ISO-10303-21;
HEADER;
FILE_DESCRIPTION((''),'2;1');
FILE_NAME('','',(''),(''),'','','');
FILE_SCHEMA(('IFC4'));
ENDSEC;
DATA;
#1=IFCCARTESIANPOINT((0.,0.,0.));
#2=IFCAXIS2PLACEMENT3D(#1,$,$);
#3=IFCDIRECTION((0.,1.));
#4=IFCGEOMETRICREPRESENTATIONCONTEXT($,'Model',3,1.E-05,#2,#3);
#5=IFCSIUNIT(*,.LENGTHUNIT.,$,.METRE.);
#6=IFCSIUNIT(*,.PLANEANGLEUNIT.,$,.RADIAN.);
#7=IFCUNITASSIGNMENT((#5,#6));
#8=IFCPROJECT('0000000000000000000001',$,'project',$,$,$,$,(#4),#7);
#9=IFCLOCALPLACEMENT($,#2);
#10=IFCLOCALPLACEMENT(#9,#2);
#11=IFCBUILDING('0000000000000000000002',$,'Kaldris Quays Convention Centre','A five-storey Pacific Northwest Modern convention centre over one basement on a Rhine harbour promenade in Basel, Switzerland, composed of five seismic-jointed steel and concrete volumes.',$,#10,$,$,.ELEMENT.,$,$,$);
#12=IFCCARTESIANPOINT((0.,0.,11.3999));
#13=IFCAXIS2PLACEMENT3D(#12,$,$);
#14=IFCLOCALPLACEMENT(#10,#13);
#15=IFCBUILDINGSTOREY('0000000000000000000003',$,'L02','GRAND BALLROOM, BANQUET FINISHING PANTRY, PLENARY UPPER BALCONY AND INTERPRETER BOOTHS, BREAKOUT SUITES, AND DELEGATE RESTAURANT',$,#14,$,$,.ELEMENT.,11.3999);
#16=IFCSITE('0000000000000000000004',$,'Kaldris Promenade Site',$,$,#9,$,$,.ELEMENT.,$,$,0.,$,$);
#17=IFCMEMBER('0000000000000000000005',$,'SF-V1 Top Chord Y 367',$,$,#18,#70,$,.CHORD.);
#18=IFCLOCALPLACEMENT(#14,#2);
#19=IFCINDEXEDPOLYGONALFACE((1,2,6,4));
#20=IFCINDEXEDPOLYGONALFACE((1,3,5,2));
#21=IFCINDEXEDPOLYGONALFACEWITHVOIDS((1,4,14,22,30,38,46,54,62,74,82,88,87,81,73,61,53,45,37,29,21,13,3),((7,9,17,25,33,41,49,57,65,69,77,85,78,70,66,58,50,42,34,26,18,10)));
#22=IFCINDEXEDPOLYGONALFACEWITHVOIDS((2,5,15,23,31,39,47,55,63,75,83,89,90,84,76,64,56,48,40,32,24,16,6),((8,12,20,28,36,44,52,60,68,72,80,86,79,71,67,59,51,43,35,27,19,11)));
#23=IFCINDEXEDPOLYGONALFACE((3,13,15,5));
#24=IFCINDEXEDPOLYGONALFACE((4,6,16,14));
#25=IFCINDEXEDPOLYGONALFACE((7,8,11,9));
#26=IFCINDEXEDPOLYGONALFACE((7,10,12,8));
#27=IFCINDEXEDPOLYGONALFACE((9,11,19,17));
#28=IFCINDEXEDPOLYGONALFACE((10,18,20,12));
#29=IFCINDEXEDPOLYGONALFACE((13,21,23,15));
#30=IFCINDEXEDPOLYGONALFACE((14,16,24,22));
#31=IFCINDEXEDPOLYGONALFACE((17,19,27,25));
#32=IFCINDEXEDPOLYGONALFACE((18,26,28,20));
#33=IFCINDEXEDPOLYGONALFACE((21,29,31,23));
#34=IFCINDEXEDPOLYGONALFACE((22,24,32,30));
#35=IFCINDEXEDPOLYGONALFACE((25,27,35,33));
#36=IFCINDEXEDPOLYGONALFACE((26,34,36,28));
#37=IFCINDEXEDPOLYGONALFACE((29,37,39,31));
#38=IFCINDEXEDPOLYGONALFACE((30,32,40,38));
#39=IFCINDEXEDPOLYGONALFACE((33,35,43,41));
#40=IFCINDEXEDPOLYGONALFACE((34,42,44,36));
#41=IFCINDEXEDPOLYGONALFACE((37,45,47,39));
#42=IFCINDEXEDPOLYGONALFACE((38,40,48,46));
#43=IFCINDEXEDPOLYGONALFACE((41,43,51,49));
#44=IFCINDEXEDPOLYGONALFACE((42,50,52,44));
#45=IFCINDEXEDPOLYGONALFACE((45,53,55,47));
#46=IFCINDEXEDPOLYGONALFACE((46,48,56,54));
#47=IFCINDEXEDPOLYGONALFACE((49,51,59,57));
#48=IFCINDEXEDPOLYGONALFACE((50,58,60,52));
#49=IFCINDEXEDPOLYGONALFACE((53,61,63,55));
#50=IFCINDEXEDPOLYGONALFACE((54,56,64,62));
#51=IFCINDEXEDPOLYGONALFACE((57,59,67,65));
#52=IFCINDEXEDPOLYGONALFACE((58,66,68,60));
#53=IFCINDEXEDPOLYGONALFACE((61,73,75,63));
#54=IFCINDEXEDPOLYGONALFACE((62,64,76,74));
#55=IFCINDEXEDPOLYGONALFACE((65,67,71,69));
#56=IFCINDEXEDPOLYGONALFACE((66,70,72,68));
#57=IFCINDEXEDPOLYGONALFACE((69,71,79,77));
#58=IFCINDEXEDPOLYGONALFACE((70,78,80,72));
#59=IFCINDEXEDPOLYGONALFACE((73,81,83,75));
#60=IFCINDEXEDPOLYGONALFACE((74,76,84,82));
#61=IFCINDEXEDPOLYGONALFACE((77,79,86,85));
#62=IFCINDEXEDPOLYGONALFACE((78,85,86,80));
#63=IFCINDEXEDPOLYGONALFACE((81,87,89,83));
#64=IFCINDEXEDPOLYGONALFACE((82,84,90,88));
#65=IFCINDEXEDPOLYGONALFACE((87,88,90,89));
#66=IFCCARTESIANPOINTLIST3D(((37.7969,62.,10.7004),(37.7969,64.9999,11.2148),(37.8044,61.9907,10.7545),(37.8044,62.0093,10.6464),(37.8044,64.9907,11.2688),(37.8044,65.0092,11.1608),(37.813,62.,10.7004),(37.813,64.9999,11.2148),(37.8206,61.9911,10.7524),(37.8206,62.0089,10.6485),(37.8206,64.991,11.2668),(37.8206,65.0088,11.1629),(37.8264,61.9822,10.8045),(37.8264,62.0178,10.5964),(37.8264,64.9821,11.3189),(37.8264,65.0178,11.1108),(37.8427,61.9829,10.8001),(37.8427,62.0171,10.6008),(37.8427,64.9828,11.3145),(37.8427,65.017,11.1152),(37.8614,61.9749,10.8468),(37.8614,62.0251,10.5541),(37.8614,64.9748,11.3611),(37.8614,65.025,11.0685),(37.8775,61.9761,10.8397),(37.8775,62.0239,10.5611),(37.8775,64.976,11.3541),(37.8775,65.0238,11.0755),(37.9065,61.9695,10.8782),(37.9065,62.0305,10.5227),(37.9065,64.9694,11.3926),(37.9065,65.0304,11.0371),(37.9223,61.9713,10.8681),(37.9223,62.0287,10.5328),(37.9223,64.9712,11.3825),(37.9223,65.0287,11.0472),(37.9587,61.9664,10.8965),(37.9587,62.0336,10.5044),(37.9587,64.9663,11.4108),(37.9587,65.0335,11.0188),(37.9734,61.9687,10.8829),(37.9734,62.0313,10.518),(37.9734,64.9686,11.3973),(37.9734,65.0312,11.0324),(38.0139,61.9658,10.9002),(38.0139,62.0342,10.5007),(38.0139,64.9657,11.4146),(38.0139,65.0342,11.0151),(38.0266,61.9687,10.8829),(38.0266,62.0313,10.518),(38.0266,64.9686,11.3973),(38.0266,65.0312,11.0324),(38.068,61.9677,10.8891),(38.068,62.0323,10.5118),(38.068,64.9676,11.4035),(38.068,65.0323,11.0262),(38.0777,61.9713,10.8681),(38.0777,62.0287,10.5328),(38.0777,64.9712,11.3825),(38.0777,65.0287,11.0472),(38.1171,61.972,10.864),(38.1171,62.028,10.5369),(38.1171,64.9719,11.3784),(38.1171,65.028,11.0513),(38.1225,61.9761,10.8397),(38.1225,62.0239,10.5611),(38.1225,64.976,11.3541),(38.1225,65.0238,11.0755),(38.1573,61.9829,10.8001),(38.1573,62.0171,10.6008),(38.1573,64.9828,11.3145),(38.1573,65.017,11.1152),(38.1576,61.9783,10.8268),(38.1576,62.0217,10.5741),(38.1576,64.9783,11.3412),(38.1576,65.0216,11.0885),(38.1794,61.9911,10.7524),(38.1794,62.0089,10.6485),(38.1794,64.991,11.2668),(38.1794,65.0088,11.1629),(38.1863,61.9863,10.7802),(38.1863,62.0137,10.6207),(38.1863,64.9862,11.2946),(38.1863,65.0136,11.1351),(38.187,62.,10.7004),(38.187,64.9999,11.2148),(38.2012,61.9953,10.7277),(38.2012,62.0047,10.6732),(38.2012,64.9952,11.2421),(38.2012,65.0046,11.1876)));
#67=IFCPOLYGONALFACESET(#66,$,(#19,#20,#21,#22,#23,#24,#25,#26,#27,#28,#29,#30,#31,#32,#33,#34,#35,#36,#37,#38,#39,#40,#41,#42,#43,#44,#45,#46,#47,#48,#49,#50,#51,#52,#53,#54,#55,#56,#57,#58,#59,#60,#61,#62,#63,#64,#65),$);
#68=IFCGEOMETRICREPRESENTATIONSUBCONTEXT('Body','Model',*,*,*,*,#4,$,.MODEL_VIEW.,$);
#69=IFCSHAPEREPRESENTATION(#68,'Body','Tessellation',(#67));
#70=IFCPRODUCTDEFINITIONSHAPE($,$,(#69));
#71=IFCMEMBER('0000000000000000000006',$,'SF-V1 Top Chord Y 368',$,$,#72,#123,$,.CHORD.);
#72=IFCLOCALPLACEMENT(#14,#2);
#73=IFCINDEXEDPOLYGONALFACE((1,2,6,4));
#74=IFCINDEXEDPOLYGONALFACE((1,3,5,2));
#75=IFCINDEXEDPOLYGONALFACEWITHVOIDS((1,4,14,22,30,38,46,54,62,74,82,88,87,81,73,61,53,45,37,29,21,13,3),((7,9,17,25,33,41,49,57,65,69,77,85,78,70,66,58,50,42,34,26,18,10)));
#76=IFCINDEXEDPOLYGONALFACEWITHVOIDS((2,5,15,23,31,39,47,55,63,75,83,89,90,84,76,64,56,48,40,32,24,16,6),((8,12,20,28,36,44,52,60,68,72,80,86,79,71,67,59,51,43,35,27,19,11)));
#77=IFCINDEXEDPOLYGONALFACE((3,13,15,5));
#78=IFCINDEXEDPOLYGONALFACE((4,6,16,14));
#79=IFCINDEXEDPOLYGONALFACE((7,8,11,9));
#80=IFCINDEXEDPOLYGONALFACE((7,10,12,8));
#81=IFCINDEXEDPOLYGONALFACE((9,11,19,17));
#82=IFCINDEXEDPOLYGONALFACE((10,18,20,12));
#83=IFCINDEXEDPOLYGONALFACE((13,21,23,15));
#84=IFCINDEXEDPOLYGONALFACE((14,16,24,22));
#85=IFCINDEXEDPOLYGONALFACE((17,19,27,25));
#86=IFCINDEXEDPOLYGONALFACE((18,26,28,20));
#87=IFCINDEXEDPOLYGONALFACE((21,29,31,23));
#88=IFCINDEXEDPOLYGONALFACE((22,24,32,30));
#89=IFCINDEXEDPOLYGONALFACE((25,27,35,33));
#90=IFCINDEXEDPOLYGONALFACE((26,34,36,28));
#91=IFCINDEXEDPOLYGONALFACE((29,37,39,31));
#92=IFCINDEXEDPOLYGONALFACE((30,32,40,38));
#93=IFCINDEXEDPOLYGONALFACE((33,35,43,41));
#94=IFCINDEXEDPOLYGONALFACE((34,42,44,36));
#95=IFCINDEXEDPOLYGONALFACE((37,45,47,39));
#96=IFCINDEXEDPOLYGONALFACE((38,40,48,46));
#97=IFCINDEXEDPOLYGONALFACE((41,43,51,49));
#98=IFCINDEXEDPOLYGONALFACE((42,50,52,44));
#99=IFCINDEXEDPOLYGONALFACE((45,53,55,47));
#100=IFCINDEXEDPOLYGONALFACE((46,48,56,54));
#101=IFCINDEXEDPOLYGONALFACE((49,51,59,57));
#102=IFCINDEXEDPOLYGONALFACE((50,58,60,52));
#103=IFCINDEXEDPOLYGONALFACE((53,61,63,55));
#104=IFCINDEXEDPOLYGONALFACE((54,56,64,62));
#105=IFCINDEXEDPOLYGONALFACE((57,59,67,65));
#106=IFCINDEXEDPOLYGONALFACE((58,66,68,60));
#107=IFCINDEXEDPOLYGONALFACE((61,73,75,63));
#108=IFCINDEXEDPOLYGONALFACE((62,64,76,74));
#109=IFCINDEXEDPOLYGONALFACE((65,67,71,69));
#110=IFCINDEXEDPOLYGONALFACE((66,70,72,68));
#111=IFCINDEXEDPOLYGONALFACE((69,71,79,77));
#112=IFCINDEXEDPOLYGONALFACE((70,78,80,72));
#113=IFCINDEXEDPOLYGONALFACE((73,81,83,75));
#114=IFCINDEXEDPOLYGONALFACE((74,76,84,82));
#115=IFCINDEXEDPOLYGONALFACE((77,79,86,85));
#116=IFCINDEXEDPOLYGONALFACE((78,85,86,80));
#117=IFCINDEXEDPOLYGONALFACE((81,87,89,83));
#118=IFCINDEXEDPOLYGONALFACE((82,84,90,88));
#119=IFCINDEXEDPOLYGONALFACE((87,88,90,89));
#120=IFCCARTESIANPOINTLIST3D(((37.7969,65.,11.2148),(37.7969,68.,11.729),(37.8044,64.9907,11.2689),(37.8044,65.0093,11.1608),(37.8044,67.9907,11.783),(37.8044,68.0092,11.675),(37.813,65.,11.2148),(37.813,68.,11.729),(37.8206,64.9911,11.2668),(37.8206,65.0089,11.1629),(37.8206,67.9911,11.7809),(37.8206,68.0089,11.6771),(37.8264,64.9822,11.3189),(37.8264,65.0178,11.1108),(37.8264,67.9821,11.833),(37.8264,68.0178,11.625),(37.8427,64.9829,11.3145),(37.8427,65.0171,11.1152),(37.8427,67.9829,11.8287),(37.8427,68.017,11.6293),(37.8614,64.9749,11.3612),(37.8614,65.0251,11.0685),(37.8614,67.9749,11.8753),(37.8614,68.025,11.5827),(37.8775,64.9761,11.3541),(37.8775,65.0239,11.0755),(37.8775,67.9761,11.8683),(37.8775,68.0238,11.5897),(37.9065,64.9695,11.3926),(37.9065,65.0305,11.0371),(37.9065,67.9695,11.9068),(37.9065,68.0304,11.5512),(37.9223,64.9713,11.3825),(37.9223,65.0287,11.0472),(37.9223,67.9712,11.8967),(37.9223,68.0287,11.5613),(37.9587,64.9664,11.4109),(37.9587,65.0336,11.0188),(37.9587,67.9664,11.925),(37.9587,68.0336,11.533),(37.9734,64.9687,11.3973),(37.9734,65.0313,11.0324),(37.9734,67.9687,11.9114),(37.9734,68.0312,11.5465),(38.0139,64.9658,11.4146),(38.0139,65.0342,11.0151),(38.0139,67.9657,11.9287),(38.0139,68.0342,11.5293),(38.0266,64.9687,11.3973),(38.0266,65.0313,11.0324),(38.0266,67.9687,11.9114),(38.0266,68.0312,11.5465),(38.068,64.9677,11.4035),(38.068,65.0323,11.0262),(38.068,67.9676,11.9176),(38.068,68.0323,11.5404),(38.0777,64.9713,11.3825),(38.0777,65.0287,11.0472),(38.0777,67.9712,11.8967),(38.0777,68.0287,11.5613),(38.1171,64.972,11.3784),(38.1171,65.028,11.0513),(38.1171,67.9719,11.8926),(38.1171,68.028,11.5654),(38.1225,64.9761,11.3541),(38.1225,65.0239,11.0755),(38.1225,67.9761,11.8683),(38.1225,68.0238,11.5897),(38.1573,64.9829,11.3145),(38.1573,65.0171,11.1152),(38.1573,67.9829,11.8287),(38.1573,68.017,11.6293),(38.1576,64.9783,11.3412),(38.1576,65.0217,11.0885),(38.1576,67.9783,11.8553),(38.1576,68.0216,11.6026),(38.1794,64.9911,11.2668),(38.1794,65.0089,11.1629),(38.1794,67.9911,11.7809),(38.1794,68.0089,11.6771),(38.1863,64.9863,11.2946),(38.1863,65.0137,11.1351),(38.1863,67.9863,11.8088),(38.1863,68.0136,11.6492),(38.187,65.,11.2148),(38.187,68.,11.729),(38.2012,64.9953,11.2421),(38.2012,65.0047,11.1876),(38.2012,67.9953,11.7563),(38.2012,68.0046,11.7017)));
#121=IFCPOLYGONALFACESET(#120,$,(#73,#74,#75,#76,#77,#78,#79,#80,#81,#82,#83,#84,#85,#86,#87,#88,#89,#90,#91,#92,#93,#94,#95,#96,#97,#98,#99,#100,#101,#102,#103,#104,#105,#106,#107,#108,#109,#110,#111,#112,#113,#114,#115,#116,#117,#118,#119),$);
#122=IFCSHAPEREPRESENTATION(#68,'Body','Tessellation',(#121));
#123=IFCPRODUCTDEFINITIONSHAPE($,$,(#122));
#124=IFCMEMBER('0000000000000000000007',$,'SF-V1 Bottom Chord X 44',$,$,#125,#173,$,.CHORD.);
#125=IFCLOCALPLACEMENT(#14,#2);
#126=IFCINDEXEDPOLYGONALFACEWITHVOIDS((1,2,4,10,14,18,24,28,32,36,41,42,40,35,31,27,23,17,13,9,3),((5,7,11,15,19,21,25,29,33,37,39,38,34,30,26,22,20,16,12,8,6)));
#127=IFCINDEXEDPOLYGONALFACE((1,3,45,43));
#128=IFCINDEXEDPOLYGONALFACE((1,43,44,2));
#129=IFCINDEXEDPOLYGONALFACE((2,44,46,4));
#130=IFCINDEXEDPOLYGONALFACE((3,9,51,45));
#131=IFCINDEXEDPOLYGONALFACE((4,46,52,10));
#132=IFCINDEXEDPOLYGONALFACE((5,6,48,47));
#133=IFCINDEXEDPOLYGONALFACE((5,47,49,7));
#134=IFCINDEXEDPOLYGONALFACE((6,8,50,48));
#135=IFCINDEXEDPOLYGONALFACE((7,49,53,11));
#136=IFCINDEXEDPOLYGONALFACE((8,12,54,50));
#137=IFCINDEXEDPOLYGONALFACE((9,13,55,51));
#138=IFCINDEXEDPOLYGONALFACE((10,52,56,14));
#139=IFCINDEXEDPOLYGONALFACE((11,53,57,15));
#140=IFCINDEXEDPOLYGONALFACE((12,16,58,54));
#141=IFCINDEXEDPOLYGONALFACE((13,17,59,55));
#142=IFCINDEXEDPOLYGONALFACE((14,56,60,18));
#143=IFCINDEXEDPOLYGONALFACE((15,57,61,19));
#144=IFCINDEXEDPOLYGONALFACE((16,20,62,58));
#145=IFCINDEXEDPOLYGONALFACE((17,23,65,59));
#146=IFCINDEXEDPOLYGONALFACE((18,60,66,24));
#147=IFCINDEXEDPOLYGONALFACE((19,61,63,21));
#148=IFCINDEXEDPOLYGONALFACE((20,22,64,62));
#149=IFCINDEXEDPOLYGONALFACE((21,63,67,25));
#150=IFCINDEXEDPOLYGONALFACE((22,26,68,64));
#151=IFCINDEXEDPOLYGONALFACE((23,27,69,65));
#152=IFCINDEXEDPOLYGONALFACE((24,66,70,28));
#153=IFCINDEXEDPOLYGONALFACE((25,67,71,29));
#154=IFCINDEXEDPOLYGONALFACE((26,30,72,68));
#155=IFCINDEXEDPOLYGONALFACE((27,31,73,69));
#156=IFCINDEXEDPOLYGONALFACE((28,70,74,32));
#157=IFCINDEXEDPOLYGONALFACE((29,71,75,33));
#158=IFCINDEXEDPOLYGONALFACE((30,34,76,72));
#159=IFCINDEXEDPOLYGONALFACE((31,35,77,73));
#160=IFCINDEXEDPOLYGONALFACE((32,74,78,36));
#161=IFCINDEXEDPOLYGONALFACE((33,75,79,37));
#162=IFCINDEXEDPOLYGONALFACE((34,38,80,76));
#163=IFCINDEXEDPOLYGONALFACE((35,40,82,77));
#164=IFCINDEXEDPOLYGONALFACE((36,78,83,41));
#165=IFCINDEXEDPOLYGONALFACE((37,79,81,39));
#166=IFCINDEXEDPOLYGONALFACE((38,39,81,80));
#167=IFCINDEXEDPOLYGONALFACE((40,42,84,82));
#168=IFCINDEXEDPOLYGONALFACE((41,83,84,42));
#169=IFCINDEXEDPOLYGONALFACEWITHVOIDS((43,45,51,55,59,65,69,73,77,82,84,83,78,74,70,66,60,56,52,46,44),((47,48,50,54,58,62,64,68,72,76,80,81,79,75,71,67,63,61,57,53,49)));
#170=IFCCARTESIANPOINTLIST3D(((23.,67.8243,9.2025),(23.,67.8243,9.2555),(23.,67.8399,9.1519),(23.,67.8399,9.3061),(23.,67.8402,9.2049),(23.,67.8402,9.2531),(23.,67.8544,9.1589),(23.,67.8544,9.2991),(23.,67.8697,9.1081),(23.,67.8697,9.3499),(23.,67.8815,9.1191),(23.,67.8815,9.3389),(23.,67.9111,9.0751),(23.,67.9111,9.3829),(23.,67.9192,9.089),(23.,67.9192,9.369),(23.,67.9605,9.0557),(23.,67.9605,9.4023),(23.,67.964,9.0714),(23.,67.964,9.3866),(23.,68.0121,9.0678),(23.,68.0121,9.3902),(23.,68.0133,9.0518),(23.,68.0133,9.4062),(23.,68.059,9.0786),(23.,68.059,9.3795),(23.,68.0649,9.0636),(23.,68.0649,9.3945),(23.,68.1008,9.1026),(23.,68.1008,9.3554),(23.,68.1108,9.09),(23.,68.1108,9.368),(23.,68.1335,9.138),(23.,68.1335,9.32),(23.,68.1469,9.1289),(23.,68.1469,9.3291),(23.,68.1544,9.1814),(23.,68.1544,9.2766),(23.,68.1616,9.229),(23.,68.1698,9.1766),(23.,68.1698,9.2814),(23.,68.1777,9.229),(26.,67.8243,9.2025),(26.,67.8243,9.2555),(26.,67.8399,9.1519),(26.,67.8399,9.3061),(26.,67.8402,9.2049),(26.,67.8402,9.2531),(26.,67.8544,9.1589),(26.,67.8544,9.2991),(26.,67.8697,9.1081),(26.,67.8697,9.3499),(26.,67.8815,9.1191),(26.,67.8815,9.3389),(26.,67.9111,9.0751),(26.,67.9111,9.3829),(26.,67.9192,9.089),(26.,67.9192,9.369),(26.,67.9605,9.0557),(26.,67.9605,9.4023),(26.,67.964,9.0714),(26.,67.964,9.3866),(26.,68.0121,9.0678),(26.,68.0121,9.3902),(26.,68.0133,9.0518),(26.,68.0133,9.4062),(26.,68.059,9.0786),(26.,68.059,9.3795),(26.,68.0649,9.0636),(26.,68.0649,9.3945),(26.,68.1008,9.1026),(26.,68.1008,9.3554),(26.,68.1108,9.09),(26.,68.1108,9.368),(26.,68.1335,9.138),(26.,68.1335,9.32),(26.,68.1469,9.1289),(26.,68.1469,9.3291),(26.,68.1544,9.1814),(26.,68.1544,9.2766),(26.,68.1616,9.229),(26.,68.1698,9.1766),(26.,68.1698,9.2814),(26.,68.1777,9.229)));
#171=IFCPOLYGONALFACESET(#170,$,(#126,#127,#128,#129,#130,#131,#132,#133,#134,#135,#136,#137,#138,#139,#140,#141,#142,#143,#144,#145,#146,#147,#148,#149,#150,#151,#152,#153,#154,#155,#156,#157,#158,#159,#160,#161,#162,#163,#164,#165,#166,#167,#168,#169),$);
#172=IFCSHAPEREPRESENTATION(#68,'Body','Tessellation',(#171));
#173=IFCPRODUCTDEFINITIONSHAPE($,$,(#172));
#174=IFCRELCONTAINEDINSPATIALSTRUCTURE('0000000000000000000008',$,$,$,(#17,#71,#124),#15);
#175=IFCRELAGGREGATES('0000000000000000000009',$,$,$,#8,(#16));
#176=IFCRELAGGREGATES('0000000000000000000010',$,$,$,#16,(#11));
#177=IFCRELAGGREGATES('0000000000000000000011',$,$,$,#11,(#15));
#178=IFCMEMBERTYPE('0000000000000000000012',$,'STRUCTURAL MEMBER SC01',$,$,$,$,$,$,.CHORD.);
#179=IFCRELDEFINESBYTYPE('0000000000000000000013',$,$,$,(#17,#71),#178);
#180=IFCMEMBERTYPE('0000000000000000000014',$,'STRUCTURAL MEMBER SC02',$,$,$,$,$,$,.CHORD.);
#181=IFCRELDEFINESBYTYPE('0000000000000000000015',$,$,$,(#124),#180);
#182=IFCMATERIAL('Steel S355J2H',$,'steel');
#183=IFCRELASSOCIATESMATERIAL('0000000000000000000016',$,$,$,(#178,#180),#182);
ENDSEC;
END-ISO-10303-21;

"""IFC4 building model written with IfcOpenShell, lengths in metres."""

from ifc_helpers import new_model, si_unit, direction, frame, origin, origin_2d, place, context, subcontext, project, spatial, hollow_circle, extrude, material, material_profile, profile_set, type_object, element, save


model = new_model("IFC4")

# Units and contexts
model_context = context("Model", 3, precision=1e-05, world=origin(), true_north=direction((0.0, 1.0)))
body_context = subcontext(model_context, "Body", "Model", "MODEL_VIEW")
ifc_project = project(units=[si_unit("LENGTHUNIT", "METRE"), si_unit("PLANEANGLEUNIT", "RADIAN")], contexts=[model_context])

# Site, building, storey
site_placement = place(None, origin())
site = spatial("IfcSite", under=ifc_project, at=site_placement, Name="Kaldris Promenade Site", CompositionType="ELEMENT", RefElevation=0.0)
building_placement = place(site_placement, origin())
building = spatial("IfcBuilding", under=site, at=building_placement, Name="Kaldris Quays Convention Centre", Description="A five-storey Pacific Northwest Modern convention centre over one basement on a Rhine harbour promenade in Basel, Switzerland, composed of five seismic-jointed steel and concrete volumes.", CompositionType="ELEMENT")
storey_placement = place(building_placement, frame((0.0, 0.0, 11.3999)))
storey = spatial("IfcBuildingStorey", under=building, at=storey_placement, Name="L02", Description="GRAND BALLROOM, BANQUET FINISHING PANTRY, PLENARY UPPER BALCONY AND INTERPRETER BOOTHS, BREAKOUT SUITES, AND DELEGATE RESTAURANT", CompositionType="ELEMENT", Elevation=11.3999)

# Members
ifc_material_1 = material(Name="Steel S355J2H", Category="steel")
ifc_material_profile_1 = material_profile(ifc_material_1, hollow_circle(Radius=0.2031, WallThickness=0.0161, at=origin_2d()), Name="CHS 406.4x16")
ifc_profile_set_1 = profile_set([ifc_material_profile_1], Name="Steel S355J2H")
member_type_1 = type_object("IfcMemberType", Name="STRUCTURAL MEMBER SC01", PredefinedType="CHORD", material=ifc_profile_set_1)
for number, where, z_axis, x_axis, name in (
    (1, (38.0, 62.0, 10.7004), (0.0, 0.985616, 0.169002), (-1.0, 0.0, 0.0), "SF-V1 Top Chord Y 367"),
    (2, (38.0, 65.0, 11.2148), (0.0, 0.985629, 0.168924), (-1.0, 0.0, 0.0), "SF-V1 Top Chord Y 368"),
):
    element("IfcMember", number, at=place(storey_placement, frame(where, z_axis=z_axis, x_axis=x_axis)), inside=storey, type_object=member_type_1, Name=name, PredefinedType="CHORD", context=body_context, shape_type="SweptSolid", body=[
        extrude(hollow_circle(Radius=0.2031, WallThickness=0.0161, at=origin_2d()), origin(), (0.0, 0.0, 1.0), 3.0437),
    ])
ifc_material_profile_2 = material_profile(ifc_material_1, hollow_circle(Radius=0.1777, WallThickness=0.0161, at=origin_2d()), Name="CHS 355.6x16")
ifc_profile_set_2 = profile_set([ifc_material_profile_2], Name="Steel S355J2H")
member_type_2 = type_object("IfcMemberType", Name="STRUCTURAL MEMBER SC02", PredefinedType="CHORD", material=ifc_profile_set_2)
for number, where, z_axis, x_axis, name in (
    (3, (23.0, 68.0, 9.229), (1.0, 0.0, 0.0), (0.0, 1.0, 0.0), "SF-V1 Bottom Chord X 44"),
):
    element("IfcMember", number, at=place(storey_placement, frame(where, z_axis=z_axis, x_axis=x_axis)), inside=storey, type_object=member_type_2, Name=name, PredefinedType="CHORD", context=body_context, shape_type="SweptSolid", body=[
        extrude(hollow_circle(Radius=0.1777, WallThickness=0.0161, at=origin_2d()), origin(), (0.0, 0.0, 1.0), 3.0),
    ])

save(model, "model.ifc")
